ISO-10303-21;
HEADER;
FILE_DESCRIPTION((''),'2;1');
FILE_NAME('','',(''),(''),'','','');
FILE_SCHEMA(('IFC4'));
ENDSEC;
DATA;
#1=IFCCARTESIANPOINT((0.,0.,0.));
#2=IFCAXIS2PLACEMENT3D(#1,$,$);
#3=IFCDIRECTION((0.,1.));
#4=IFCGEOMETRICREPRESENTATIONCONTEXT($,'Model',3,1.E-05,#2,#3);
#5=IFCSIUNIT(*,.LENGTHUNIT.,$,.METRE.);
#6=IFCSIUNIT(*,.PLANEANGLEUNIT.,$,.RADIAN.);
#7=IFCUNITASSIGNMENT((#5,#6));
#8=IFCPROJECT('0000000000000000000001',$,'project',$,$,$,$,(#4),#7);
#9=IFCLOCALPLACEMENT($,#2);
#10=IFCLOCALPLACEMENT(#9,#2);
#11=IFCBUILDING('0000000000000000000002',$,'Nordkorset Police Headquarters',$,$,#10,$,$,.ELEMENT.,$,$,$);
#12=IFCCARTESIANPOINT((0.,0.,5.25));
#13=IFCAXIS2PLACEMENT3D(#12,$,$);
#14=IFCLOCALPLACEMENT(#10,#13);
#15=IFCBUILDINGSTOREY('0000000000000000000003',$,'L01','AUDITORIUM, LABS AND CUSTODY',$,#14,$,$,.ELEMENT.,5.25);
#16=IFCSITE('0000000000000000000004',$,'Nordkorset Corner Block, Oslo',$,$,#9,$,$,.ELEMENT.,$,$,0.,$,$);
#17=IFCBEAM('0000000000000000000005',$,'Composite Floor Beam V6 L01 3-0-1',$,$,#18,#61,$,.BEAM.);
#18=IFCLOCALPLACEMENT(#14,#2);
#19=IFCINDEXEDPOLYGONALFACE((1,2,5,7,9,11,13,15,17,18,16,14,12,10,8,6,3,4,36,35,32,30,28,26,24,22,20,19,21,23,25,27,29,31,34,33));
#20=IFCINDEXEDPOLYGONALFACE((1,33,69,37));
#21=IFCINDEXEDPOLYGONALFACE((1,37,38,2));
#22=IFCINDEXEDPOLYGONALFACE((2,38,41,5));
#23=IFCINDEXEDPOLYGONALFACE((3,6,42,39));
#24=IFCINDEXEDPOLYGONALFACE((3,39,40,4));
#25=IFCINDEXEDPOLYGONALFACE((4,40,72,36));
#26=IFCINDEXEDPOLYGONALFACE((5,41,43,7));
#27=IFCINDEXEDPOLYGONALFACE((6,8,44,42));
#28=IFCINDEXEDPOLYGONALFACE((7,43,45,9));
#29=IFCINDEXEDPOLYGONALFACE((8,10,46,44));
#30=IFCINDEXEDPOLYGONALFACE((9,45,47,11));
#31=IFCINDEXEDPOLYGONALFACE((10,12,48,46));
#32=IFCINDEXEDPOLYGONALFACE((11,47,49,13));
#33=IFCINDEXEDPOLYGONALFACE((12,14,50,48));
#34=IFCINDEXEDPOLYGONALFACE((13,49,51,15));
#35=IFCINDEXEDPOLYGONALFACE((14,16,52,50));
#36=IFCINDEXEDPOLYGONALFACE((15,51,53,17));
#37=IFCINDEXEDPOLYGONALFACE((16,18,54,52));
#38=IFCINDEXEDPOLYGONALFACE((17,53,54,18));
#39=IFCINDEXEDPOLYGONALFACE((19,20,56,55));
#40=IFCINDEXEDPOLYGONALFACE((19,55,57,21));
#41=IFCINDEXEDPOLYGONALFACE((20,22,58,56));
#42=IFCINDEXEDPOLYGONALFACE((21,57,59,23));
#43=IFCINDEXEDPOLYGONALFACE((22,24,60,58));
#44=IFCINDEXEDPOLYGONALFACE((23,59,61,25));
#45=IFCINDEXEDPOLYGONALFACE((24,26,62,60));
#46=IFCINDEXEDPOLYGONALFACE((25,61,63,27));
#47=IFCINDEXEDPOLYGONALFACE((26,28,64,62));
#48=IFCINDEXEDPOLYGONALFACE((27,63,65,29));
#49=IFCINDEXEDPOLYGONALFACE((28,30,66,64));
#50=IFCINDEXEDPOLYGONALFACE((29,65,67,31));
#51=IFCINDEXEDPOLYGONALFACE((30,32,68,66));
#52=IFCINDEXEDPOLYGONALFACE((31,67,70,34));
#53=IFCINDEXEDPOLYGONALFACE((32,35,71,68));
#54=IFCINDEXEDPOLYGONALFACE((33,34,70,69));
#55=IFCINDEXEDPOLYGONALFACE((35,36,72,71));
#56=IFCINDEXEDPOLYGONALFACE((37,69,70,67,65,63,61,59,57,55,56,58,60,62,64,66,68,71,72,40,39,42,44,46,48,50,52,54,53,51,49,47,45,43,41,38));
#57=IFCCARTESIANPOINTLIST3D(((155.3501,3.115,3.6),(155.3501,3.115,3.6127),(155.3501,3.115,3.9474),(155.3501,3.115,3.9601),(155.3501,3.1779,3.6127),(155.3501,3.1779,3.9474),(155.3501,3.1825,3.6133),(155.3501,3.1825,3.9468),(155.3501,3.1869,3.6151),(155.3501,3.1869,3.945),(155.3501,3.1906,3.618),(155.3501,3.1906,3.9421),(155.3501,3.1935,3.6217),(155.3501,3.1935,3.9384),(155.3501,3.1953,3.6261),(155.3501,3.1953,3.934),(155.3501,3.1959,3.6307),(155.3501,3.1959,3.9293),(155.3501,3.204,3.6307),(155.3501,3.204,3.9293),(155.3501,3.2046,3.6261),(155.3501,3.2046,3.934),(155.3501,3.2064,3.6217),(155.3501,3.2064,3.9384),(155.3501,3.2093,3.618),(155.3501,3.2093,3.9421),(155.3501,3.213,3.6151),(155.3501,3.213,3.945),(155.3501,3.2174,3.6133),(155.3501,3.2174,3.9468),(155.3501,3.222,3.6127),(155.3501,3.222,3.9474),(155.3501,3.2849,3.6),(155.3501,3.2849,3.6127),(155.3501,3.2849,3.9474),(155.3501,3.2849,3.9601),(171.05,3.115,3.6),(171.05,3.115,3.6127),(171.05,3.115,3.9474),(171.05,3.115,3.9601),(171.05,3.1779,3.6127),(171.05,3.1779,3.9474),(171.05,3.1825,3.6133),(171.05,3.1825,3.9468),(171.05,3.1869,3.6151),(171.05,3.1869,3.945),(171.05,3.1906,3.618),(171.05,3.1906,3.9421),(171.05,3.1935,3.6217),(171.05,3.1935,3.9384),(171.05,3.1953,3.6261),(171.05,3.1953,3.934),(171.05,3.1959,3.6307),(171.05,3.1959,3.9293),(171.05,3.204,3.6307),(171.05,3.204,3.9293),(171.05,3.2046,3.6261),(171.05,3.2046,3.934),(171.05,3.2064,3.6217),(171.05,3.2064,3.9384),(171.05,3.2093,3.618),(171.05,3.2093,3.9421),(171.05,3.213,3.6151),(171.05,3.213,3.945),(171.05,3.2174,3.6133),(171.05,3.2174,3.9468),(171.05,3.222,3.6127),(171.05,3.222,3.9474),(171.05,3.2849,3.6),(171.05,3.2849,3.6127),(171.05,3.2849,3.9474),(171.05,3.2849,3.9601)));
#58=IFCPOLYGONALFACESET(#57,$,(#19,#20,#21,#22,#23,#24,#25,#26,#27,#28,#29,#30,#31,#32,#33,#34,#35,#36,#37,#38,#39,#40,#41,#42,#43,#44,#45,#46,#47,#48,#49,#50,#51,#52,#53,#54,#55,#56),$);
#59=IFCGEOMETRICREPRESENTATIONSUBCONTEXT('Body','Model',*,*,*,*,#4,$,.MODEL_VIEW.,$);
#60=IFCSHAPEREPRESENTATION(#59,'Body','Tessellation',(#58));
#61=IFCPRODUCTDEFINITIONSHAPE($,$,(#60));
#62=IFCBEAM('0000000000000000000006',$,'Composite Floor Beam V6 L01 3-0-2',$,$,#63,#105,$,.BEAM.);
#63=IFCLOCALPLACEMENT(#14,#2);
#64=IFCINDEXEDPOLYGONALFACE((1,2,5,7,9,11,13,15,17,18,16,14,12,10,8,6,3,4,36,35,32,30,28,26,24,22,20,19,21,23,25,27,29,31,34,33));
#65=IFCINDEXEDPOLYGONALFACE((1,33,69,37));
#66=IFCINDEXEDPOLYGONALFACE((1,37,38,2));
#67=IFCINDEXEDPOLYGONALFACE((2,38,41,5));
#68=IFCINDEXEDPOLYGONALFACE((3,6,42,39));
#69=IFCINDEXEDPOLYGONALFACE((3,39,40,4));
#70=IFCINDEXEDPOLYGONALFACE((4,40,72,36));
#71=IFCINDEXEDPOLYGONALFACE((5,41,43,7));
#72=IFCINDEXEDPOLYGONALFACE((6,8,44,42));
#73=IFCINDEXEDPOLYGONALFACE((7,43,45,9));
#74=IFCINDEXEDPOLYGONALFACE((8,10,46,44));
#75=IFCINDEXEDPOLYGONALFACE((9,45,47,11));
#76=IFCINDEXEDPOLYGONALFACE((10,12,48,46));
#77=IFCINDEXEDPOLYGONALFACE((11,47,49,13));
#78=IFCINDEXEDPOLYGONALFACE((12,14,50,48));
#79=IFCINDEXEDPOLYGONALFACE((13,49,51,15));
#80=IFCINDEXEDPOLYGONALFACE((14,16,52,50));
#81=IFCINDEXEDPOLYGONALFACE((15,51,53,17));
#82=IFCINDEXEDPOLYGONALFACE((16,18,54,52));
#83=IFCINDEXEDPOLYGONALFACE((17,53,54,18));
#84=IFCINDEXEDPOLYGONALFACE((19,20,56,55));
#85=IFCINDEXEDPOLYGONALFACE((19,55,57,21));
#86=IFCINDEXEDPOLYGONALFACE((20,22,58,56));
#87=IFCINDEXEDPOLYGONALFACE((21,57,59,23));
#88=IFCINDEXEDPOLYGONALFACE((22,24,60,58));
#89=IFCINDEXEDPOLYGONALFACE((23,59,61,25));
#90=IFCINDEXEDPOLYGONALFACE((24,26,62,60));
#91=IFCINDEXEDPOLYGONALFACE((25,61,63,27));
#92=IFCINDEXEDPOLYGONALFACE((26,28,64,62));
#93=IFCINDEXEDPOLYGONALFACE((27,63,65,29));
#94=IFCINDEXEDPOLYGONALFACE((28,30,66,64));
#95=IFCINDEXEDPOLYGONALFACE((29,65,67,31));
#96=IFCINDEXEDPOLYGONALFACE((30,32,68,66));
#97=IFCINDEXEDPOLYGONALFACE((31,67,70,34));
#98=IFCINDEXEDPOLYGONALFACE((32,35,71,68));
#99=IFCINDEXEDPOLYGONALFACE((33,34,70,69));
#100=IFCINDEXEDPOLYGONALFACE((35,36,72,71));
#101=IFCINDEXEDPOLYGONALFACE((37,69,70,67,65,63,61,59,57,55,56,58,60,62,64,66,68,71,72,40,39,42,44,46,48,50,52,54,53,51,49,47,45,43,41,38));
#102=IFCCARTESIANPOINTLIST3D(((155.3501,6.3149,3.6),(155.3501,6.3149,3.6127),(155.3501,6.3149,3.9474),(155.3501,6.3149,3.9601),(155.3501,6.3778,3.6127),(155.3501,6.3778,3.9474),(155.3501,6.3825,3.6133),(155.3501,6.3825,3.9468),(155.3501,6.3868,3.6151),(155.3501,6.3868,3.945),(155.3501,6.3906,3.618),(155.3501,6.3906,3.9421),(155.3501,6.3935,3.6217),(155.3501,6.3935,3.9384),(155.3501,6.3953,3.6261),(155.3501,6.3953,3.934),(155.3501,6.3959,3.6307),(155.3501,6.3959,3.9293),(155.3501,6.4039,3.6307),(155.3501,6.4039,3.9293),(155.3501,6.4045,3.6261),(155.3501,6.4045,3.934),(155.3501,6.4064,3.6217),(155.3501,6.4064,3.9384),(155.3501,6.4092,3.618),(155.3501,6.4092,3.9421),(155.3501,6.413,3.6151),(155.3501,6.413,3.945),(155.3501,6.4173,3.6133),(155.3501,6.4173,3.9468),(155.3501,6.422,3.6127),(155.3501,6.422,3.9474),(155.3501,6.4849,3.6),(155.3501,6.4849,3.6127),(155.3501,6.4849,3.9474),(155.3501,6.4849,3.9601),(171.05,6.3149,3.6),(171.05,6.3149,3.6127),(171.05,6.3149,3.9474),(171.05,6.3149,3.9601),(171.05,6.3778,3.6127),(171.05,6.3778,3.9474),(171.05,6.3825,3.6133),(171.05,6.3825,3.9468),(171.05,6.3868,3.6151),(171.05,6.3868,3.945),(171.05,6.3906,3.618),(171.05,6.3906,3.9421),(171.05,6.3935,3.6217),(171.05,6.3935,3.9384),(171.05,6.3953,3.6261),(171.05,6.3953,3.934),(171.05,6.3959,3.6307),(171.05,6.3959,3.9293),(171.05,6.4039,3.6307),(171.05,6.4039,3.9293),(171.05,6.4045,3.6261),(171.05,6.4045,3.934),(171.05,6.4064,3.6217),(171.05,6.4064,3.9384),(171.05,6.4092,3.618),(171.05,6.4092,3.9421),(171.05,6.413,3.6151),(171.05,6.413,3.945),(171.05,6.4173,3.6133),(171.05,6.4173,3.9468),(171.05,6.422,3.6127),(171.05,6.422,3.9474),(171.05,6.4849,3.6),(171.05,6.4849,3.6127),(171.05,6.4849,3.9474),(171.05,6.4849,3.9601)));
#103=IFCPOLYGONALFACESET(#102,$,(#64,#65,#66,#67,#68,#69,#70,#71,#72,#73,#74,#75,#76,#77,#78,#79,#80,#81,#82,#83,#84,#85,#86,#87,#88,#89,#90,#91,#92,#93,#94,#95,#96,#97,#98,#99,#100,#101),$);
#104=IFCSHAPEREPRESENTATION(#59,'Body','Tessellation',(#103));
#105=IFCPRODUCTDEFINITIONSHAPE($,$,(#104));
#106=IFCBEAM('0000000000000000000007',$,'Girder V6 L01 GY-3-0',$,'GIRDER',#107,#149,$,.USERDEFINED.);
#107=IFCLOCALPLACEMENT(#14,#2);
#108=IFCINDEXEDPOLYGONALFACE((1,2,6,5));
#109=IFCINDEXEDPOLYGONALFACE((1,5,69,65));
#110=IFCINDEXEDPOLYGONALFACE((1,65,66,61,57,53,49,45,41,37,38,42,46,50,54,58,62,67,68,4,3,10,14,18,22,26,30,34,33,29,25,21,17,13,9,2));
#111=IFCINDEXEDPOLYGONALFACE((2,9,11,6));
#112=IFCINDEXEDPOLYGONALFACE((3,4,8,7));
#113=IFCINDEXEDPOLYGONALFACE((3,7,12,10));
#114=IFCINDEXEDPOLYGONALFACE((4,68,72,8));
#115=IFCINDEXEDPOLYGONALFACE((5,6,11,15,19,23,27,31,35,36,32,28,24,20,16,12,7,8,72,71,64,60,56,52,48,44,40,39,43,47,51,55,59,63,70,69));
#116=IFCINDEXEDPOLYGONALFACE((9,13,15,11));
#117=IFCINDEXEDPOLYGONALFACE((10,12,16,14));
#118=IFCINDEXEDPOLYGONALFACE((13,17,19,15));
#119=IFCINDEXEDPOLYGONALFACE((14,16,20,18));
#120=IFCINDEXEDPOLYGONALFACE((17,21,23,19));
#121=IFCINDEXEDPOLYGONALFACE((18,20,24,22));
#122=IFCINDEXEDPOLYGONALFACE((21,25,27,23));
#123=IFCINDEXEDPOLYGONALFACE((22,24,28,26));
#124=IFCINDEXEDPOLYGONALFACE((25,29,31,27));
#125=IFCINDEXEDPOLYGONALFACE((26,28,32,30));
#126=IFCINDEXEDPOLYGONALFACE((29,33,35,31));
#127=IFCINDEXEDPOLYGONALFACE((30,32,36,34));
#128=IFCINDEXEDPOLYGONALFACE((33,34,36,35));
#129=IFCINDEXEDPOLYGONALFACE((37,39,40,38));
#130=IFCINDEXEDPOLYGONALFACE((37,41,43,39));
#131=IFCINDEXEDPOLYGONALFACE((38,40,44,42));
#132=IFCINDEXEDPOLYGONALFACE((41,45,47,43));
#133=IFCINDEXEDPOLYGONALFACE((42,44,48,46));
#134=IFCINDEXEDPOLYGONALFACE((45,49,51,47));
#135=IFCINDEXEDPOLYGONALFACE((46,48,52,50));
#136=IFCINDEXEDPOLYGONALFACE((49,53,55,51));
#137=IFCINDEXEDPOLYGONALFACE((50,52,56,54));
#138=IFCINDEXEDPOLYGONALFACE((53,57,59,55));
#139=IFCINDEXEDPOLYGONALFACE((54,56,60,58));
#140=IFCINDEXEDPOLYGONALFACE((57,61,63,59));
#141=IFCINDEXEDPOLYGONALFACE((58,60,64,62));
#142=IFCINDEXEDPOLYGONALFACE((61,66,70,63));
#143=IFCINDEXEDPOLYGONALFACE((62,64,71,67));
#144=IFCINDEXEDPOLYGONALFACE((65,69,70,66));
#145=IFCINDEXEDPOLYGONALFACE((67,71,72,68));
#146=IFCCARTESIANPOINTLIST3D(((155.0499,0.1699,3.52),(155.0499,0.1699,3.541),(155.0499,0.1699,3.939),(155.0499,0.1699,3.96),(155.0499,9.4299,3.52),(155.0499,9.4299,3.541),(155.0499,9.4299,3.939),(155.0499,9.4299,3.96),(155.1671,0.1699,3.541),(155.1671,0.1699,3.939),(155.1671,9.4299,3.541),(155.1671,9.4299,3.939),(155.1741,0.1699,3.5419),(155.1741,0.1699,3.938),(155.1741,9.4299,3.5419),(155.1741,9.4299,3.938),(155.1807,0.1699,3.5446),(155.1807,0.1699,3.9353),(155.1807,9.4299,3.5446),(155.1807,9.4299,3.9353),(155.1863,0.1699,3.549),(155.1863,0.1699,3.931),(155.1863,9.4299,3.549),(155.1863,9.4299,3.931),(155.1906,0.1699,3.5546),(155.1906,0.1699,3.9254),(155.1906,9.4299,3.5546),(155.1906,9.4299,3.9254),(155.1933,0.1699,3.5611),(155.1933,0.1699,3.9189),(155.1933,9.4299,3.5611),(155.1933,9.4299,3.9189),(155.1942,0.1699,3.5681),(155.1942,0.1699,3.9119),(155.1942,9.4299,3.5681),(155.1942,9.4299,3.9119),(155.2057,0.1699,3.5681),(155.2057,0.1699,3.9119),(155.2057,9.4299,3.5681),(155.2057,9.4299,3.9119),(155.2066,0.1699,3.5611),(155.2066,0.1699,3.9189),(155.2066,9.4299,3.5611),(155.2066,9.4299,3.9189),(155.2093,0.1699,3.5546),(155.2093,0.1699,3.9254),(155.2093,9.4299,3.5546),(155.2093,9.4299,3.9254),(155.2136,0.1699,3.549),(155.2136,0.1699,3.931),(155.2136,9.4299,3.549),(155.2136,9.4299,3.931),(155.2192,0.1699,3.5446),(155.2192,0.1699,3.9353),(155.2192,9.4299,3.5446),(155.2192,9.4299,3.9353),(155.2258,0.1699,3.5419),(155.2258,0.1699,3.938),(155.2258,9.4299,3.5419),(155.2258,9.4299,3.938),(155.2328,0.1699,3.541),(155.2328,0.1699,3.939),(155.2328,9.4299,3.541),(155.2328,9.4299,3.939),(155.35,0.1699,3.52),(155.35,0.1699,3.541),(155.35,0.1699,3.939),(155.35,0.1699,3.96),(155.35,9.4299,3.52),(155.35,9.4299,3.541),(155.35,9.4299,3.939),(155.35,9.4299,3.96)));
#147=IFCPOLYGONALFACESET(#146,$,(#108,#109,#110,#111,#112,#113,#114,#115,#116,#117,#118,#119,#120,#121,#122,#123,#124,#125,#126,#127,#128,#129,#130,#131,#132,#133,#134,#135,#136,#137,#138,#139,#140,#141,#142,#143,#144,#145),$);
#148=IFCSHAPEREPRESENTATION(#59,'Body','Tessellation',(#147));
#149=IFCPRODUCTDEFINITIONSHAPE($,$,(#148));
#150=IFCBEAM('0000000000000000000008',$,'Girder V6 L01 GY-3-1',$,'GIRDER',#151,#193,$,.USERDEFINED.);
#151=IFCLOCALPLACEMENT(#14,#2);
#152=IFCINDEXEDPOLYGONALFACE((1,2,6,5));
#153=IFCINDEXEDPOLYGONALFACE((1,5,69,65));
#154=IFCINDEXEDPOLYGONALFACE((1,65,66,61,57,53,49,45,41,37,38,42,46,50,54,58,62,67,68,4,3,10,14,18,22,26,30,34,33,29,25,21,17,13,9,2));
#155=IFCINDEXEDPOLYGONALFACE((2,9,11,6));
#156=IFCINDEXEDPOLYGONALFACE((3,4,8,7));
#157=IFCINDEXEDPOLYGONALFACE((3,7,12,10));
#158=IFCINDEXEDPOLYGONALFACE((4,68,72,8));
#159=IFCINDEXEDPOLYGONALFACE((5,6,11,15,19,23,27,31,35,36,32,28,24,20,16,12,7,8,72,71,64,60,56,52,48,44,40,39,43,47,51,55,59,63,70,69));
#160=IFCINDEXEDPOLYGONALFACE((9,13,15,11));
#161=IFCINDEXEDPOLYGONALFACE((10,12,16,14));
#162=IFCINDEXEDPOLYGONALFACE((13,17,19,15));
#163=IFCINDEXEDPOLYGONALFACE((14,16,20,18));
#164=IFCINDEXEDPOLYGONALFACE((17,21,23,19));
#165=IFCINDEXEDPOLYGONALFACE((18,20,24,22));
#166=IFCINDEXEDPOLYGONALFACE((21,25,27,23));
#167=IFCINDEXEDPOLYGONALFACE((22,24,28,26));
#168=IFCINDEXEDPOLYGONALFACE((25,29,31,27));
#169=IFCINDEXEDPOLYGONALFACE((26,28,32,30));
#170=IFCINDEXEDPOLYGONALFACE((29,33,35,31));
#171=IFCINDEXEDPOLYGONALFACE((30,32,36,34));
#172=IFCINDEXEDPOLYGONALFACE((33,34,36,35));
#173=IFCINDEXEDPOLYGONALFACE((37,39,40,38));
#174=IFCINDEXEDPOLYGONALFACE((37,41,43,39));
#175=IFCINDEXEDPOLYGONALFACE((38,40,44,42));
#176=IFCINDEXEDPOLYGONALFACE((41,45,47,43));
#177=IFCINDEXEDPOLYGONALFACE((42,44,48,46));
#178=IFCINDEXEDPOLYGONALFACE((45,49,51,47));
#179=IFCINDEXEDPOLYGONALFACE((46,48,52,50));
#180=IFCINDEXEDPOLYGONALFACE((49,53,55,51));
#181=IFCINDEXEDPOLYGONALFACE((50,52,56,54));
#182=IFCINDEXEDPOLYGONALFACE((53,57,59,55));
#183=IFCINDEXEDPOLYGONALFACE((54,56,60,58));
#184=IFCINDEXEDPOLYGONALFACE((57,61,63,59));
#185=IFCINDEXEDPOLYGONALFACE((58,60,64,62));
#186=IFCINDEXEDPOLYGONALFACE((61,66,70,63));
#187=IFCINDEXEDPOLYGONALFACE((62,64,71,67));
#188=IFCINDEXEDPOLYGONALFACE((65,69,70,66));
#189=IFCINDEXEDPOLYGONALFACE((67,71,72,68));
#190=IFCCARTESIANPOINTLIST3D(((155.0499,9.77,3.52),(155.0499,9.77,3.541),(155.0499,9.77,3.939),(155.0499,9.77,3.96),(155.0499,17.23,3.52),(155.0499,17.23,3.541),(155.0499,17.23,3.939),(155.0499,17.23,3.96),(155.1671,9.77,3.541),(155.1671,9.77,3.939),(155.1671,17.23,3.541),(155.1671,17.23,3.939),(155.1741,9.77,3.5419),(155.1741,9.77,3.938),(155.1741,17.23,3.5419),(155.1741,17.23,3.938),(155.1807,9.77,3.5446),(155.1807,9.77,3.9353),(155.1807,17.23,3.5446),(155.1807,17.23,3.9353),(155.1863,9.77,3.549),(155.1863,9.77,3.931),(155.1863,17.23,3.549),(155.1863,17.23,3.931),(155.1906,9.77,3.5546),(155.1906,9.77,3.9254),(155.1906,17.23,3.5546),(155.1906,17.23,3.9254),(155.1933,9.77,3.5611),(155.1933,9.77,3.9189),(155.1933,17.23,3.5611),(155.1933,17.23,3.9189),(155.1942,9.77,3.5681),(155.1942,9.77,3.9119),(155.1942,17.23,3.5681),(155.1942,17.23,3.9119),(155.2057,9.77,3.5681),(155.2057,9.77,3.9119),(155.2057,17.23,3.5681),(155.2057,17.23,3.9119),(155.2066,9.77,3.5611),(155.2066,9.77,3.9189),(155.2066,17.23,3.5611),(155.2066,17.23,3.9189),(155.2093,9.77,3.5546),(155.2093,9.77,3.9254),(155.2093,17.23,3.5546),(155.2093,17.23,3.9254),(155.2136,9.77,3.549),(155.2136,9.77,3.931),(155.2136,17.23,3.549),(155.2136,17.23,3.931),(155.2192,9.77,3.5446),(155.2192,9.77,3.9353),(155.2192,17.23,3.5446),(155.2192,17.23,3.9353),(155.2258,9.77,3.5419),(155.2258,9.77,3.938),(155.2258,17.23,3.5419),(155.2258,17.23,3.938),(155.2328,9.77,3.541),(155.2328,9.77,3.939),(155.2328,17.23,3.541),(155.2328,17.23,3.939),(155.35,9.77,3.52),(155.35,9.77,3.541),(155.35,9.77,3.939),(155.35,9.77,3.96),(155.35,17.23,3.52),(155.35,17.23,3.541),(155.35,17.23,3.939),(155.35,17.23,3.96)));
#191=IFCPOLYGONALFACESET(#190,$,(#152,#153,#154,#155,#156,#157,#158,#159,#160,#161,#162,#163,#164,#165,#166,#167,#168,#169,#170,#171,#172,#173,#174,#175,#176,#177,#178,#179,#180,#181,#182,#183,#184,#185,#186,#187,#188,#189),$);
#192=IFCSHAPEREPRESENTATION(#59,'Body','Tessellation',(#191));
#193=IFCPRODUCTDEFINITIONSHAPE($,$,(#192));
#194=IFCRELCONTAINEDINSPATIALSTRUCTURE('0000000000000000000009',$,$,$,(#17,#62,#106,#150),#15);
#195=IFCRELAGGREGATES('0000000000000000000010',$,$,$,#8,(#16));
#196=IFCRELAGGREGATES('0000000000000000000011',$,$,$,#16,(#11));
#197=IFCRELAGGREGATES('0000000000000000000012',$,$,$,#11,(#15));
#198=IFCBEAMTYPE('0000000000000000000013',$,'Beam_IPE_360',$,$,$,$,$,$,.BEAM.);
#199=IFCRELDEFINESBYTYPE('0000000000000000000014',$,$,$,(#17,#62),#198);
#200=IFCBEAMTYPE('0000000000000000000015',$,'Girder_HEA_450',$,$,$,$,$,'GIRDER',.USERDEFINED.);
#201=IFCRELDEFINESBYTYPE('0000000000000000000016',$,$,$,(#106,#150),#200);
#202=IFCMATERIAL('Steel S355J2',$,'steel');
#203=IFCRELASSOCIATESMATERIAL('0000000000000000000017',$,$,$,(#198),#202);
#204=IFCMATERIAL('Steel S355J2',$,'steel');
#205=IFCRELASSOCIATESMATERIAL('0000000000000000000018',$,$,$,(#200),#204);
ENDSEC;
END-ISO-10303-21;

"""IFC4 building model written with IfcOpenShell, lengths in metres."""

from ifc_helpers import new_model, si_unit, direction, frame, origin, origin_2d, place, context, subcontext, project, spatial, i_section, extrude, material, material_profile, profile_set, type_object, element, save


model = new_model("IFC4")

# Units and contexts
model_context = context("Model", 3, precision=1e-05, world=origin(), true_north=direction((0.0, 1.0)))
body_context = subcontext(model_context, "Body", "Model", "MODEL_VIEW")
ifc_project = project(units=[si_unit("LENGTHUNIT", "METRE"), si_unit("PLANEANGLEUNIT", "RADIAN")], contexts=[model_context])

# Site, building, storey
site_placement = place(None, origin())
site = spatial("IfcSite", under=ifc_project, at=site_placement, Name="Nordkorset Corner Block, Oslo", CompositionType="ELEMENT", RefElevation=0.0)
building_placement = place(site_placement, origin())
building = spatial("IfcBuilding", under=site, at=building_placement, Name="Nordkorset Police Headquarters", CompositionType="ELEMENT")
storey_placement = place(building_placement, frame((0.0, 0.0, 5.25)))
storey = spatial("IfcBuildingStorey", under=building, at=storey_placement, Name="L01", Description="AUDITORIUM, LABS AND CUSTODY", CompositionType="ELEMENT", Elevation=5.25)

# Beams
ifc_material_1 = material(Name="Steel S355J2", Category="steel")
ifc_material_profile_1 = material_profile(ifc_material_1, i_section(OverallWidth=0.1699, OverallDepth=0.3601, WebThickness=0.0081, FlangeThickness=0.0127, FilletRadius=0.0181, at=origin_2d()), Name="IPE 360")
ifc_profile_set_1 = profile_set([ifc_material_profile_1], Name="Steel S355J2")
beam_type_1 = type_object("IfcBeamType", Name="Beam_IPE_360", PredefinedType="BEAM", material=ifc_profile_set_1)
for number, where, z_axis, x_axis, name in (
    (1, (155.3501, 3.2, 3.78), (1.0, 0.0, 0.0), (0.0, 1.0, 0.0), "Composite Floor Beam V6 L01 3-0-1"),
    (2, (155.3501, 6.3999, 3.78), (1.0, 0.0, 0.0), (0.0, 1.0, 0.0), "Composite Floor Beam V6 L01 3-0-2"),
):
    element("IfcBeam", number, at=place(storey_placement, frame(where, z_axis=z_axis, x_axis=x_axis)), inside=storey, type_object=beam_type_1, Name=name, PredefinedType="BEAM", context=body_context, shape_type="SweptSolid", body=[
        extrude(i_section(OverallWidth=0.1699, OverallDepth=0.3601, WebThickness=0.0081, FlangeThickness=0.0127, FilletRadius=0.0181, at=origin_2d()), origin(), (0.0, 0.0, 1.0), 15.7),
    ])
ifc_material_2 = material(Name="Steel S355J2", Category="steel")
ifc_material_profile_2 = material_profile(ifc_material_2, i_section(OverallWidth=0.3, OverallDepth=0.4399, WebThickness=0.0115, FlangeThickness=0.021, FilletRadius=0.0271, at=origin_2d()), Name="HEA 450")
ifc_profile_set_2 = profile_set([ifc_material_profile_2], Name="Steel S355J2")
beam_type_2 = type_object("IfcBeamType", Name="Girder_HEA_450", ElementType="GIRDER", PredefinedType="USERDEFINED", material=ifc_profile_set_2)
beam_1_placement = place(storey_placement, frame((155.2, 0.1699, 3.74), z_axis=(0.0, 1.0, 0.0), x_axis=(-1.0, 0.0, 0.0)))
element("IfcBeam", 3, at=beam_1_placement, inside=storey, type_object=beam_type_2, Name="Girder V6 L01 GY-3-0", ObjectType="GIRDER", PredefinedType="USERDEFINED", context=body_context, shape_type="SweptSolid", body=[
    extrude(i_section(OverallWidth=0.3, OverallDepth=0.4399, WebThickness=0.0115, FlangeThickness=0.021, FilletRadius=0.0271, at=origin_2d()), origin(), (0.0, 0.0, 1.0), 9.26),
])
beam_2_placement = place(storey_placement, frame((155.2, 9.77, 3.74), z_axis=(0.0, 1.0, 0.0), x_axis=(-1.0, 0.0, 0.0)))
element("IfcBeam", 4, at=beam_2_placement, inside=storey, type_object=beam_type_2, Name="Girder V6 L01 GY-3-1", ObjectType="GIRDER", PredefinedType="USERDEFINED", context=body_context, shape_type="SweptSolid", body=[
    extrude(i_section(OverallWidth=0.3, OverallDepth=0.4399, WebThickness=0.0115, FlangeThickness=0.021, FilletRadius=0.0271, at=origin_2d()), origin(), (0.0, 0.0, 1.0), 7.46),
])

save(model, "model.ifc")
